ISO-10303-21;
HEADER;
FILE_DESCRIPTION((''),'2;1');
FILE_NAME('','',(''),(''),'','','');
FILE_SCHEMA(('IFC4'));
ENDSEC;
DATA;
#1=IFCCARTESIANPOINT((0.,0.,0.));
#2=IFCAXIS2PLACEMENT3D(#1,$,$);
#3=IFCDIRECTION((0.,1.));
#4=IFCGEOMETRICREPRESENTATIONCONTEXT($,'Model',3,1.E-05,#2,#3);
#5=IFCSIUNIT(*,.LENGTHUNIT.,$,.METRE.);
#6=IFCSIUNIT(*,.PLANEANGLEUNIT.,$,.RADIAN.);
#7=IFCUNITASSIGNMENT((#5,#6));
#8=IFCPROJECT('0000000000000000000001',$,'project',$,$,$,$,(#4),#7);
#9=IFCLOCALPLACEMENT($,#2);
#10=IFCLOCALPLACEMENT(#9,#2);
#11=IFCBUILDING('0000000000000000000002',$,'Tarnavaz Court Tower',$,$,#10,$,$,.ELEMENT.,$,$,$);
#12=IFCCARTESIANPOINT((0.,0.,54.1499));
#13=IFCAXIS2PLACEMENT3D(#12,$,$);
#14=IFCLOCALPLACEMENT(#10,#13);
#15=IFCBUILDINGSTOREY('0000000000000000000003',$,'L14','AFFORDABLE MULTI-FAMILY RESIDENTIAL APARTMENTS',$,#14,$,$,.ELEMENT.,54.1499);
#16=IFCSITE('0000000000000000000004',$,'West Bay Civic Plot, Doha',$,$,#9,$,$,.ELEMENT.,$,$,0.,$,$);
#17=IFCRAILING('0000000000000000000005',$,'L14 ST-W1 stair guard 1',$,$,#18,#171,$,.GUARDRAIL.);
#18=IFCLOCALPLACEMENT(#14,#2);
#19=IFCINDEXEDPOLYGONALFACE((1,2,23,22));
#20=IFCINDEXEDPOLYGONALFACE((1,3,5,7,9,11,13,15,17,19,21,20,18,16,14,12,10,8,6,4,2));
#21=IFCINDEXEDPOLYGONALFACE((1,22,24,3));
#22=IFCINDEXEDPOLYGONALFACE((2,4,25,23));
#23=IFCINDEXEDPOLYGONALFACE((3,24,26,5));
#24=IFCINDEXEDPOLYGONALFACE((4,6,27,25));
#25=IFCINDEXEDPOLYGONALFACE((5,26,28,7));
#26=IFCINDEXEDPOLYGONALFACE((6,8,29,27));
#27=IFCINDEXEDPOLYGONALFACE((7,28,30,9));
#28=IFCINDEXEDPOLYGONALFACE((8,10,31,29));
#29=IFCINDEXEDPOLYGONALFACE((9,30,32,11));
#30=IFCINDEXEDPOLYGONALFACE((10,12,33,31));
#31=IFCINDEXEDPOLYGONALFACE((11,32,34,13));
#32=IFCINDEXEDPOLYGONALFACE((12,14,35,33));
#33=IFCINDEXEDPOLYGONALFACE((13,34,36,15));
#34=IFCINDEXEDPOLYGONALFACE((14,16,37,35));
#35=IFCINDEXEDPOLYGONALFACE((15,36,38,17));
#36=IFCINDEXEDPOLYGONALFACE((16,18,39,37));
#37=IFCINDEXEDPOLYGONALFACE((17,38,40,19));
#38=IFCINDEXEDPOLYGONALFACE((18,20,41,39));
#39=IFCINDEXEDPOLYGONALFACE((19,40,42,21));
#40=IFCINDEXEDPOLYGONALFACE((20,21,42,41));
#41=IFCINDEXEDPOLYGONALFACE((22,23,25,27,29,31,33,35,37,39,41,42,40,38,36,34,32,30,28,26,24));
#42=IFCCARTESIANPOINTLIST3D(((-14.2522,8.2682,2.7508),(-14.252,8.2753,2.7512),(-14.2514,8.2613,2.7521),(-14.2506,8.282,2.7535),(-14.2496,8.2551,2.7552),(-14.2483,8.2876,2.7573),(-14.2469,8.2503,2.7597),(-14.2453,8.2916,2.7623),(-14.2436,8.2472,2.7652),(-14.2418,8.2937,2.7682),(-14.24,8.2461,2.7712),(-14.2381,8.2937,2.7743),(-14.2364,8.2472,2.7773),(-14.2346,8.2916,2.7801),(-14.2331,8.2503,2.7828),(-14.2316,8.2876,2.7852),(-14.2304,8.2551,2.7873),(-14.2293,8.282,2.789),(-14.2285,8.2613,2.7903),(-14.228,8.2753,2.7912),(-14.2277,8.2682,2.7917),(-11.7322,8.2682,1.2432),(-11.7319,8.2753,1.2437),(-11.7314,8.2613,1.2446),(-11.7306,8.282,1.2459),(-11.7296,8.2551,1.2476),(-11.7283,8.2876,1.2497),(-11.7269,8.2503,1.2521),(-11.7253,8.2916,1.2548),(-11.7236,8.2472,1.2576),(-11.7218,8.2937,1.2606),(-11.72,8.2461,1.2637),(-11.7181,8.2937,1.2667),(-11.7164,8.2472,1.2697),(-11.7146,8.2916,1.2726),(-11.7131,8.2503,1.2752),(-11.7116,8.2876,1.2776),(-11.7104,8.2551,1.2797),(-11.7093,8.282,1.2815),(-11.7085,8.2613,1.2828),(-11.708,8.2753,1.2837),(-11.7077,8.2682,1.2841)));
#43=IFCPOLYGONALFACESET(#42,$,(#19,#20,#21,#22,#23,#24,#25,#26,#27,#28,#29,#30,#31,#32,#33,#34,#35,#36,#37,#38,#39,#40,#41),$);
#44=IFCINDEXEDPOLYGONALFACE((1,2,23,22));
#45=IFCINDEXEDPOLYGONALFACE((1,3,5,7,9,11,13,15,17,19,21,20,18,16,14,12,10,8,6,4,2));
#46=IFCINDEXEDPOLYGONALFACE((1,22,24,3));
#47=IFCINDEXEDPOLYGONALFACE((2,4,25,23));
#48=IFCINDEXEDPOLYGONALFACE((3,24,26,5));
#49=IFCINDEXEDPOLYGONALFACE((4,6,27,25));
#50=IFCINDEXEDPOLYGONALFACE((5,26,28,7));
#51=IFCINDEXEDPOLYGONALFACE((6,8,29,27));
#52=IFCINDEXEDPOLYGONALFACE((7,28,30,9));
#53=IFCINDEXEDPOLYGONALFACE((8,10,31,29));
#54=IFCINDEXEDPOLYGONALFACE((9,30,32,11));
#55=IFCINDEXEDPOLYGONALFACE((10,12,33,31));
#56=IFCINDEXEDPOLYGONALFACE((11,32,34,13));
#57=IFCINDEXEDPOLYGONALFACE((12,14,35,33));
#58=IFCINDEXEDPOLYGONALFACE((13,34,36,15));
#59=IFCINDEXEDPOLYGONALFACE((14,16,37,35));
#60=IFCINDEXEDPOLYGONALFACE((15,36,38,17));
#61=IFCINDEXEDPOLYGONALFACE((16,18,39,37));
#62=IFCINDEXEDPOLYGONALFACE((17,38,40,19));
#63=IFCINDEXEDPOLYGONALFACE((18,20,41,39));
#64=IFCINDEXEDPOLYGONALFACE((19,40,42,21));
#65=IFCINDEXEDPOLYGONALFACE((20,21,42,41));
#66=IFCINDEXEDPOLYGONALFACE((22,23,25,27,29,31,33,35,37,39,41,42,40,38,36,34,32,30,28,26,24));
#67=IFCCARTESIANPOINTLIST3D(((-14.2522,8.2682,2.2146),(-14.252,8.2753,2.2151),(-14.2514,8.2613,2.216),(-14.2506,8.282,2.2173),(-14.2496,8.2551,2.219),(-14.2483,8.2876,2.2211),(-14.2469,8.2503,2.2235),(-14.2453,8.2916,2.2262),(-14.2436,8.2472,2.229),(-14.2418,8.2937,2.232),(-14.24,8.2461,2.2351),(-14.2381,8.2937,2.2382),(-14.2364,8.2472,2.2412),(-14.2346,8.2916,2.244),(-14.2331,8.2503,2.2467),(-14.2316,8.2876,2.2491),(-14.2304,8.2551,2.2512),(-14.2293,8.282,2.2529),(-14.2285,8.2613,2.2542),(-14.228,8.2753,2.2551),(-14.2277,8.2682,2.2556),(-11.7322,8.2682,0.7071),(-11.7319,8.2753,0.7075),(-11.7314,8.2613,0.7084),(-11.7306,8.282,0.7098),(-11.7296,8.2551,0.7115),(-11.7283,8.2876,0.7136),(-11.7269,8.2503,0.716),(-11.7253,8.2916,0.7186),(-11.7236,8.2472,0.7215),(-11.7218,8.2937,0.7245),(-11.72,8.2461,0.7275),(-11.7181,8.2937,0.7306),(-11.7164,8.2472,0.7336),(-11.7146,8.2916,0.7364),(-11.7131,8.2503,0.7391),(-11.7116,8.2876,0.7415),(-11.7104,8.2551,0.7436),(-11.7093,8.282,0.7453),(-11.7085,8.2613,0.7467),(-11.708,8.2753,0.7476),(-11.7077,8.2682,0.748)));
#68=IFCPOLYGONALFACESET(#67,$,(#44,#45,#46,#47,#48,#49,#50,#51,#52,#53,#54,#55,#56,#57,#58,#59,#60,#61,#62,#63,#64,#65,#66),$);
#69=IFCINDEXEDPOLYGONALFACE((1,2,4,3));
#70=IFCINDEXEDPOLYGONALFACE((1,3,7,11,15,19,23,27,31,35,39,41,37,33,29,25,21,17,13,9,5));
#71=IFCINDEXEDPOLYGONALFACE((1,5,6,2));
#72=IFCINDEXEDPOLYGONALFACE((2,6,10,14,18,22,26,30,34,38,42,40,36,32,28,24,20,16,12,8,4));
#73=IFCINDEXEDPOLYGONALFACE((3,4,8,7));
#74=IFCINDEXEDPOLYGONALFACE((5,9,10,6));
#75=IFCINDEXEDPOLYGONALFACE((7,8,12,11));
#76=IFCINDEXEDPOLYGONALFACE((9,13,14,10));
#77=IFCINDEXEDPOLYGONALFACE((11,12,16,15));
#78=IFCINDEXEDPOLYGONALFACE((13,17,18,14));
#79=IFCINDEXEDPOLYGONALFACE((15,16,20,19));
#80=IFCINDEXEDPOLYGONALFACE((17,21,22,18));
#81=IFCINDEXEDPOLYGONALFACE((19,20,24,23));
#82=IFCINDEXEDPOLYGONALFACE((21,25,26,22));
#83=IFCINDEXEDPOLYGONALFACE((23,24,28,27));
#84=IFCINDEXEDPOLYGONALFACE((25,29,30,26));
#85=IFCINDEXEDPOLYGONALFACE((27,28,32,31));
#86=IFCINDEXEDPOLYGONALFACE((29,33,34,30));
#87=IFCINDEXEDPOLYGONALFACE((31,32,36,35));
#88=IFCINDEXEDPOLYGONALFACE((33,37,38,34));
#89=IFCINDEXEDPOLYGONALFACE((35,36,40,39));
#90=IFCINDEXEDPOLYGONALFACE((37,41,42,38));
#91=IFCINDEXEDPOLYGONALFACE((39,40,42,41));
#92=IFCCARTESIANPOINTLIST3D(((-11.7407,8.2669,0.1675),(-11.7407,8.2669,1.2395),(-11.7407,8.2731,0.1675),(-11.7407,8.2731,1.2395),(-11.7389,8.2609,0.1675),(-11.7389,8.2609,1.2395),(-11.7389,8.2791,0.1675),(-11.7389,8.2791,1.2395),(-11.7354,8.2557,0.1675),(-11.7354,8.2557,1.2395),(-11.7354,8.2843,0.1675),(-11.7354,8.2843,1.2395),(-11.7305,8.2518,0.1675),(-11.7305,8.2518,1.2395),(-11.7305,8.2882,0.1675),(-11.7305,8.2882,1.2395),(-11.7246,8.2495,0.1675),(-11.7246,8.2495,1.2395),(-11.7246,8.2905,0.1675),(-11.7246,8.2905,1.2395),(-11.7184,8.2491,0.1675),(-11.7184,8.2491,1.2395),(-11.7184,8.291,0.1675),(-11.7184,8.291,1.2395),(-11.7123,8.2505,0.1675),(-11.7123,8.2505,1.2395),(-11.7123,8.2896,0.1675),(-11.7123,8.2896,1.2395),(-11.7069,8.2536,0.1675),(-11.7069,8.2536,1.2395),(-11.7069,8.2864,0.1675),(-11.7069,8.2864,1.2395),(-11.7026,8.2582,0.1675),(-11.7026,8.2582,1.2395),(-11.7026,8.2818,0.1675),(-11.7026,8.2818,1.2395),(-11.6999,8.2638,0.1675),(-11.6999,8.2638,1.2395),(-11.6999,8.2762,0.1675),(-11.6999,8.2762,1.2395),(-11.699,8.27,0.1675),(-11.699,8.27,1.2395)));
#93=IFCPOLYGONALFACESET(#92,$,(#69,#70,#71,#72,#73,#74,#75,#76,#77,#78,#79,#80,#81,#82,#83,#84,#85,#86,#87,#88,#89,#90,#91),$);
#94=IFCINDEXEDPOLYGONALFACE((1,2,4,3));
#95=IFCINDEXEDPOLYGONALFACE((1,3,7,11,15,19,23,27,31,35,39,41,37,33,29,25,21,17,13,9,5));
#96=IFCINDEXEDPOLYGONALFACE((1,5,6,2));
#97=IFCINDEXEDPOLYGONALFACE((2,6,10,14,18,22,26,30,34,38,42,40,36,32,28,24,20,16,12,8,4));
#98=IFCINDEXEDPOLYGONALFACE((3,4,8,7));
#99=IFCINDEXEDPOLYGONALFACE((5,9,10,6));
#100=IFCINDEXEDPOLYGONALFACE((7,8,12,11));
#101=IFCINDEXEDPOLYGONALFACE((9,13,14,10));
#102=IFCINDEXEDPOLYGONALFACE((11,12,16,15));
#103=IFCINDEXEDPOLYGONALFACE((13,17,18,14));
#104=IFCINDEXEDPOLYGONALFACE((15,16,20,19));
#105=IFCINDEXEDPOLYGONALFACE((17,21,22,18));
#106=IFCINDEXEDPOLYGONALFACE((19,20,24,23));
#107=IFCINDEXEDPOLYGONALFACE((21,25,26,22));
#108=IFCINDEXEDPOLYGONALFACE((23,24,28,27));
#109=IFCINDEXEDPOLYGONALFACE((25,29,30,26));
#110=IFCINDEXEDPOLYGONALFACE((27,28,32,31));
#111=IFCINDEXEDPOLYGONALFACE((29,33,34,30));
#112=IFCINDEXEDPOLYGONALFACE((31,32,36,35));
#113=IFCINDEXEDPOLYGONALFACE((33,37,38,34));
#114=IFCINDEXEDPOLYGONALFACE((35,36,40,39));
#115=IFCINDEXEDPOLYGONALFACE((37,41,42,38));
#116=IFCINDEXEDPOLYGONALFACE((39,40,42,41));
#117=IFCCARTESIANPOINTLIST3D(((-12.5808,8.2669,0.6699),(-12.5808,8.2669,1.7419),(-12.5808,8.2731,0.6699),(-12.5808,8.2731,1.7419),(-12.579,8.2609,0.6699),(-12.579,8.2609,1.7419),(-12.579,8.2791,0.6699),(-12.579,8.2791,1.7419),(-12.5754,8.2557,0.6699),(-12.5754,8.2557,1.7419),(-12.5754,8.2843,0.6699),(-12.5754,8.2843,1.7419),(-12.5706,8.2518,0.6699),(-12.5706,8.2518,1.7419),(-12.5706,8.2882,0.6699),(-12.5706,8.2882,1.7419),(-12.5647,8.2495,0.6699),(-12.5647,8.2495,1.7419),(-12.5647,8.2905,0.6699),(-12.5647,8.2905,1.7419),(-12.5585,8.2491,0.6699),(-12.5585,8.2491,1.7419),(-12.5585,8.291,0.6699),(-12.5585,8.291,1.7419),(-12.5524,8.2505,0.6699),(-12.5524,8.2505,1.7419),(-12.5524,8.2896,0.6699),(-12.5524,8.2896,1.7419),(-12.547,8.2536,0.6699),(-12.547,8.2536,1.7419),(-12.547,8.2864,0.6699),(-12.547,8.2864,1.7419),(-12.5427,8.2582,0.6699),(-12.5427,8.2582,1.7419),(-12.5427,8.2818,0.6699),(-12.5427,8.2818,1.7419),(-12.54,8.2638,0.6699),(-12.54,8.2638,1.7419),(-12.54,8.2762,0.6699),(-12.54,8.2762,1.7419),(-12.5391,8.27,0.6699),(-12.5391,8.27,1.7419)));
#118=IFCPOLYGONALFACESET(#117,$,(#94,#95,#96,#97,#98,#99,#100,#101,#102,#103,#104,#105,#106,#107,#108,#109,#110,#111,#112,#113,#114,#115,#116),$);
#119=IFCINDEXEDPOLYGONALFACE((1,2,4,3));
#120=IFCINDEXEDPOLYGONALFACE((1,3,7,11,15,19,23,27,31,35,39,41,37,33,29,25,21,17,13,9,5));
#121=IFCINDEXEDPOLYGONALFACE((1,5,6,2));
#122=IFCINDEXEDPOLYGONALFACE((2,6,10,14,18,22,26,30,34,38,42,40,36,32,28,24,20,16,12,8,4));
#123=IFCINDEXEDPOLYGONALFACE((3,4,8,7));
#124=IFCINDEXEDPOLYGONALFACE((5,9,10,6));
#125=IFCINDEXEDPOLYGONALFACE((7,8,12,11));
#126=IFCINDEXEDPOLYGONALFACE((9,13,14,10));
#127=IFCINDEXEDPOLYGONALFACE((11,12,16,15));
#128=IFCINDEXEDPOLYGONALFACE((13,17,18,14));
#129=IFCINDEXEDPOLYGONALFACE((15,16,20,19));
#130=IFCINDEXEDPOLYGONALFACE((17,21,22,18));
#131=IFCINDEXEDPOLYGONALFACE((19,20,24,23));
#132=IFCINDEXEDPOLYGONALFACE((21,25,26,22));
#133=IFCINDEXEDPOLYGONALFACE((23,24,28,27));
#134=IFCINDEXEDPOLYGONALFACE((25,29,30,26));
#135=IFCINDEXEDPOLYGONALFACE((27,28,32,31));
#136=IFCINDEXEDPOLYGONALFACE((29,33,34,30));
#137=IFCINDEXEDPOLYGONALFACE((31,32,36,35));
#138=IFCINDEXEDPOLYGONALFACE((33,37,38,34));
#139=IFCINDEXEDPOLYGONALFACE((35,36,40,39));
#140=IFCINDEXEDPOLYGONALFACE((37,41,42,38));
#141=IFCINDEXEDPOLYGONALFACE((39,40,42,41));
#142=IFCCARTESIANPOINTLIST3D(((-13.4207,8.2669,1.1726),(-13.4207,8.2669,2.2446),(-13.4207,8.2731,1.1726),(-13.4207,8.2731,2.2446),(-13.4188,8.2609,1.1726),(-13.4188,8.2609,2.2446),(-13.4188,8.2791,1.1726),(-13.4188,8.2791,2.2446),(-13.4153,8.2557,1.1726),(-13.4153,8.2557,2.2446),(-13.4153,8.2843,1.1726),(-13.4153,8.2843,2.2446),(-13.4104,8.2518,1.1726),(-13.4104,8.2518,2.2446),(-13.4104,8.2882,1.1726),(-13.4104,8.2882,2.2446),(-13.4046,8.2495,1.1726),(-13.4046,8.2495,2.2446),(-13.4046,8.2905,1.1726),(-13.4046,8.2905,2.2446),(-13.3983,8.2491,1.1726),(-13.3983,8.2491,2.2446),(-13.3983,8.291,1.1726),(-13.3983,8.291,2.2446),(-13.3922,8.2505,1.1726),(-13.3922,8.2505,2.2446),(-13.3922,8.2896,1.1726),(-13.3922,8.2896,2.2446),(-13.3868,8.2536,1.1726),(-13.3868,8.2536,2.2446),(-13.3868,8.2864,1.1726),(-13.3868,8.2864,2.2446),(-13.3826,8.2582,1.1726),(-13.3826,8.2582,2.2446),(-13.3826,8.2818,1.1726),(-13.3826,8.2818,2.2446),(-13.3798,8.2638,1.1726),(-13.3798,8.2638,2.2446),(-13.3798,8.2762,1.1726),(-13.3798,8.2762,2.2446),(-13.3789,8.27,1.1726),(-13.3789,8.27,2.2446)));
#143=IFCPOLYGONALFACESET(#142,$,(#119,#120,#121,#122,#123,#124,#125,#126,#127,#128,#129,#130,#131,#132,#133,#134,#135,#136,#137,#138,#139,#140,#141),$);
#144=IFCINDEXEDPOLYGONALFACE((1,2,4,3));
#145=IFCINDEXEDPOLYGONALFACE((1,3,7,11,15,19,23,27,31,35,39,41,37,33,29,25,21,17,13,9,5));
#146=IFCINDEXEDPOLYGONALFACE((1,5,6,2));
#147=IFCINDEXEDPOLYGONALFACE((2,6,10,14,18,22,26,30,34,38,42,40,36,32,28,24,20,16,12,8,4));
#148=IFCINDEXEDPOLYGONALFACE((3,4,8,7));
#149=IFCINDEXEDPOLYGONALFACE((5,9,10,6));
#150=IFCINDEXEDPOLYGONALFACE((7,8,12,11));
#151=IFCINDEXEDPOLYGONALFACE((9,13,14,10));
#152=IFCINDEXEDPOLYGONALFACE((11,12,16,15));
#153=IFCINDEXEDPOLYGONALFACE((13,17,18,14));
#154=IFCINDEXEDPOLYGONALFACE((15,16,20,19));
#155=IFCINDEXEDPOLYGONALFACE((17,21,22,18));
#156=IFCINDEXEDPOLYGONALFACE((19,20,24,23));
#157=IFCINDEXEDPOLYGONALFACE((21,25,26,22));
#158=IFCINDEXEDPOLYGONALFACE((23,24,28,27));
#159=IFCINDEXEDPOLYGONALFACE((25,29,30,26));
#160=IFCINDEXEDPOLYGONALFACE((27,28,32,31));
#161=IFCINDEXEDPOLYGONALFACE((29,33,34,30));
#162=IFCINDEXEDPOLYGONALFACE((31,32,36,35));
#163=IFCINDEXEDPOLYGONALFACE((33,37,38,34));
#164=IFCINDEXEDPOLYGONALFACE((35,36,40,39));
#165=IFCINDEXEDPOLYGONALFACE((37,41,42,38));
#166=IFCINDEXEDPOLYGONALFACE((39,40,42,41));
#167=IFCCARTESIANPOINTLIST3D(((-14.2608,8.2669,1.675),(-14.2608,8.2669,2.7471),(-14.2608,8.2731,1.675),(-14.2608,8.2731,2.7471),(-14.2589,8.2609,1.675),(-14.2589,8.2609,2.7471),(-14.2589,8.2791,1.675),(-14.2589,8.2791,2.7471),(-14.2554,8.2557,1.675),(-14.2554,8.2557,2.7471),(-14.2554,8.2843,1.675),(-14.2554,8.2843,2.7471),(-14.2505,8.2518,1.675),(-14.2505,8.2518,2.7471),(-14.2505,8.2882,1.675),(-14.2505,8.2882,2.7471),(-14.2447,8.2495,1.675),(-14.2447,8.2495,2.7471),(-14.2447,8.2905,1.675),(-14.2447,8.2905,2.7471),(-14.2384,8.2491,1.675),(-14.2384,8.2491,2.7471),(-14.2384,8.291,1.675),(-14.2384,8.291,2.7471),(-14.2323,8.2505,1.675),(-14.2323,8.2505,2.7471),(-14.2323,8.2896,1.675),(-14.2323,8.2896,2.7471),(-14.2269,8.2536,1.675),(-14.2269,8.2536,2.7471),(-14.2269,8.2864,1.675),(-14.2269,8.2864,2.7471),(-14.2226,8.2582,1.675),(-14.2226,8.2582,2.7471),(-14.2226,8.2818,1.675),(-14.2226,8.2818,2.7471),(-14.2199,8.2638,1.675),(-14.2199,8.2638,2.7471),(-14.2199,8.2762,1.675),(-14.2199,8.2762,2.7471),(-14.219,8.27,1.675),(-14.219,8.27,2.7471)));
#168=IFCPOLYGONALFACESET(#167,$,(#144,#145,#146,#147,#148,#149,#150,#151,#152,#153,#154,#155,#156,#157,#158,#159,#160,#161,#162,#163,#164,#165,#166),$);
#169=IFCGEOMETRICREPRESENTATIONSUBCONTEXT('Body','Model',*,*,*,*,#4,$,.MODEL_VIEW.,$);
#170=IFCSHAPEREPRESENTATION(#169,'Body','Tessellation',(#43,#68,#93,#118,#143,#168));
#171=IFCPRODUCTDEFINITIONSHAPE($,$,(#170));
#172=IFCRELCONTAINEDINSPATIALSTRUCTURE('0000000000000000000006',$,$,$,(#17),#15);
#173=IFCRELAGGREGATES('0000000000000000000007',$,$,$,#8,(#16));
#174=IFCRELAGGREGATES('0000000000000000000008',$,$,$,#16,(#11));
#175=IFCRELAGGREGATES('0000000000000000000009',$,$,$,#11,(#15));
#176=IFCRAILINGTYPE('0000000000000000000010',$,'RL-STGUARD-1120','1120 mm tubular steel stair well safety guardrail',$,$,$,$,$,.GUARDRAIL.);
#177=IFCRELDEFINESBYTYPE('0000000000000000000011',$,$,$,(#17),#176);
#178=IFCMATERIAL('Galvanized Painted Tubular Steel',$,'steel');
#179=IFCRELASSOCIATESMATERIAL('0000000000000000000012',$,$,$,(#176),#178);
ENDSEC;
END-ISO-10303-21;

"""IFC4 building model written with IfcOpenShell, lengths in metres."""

from ifc_helpers import new_model, si_unit, direction, frame, origin, origin_2d, place, context, subcontext, project, spatial, circle, extrude, material, type_object, element, save


model = new_model("IFC4")

# Units and contexts
model_context = context("Model", 3, precision=1e-05, world=origin(), true_north=direction((0.0, 1.0)))
body_context = subcontext(model_context, "Body", "Model", "MODEL_VIEW")
ifc_project = project(units=[si_unit("LENGTHUNIT", "METRE"), si_unit("PLANEANGLEUNIT", "RADIAN")], contexts=[model_context])

# Site, building, storey
site_placement = place(None, origin())
site = spatial("IfcSite", under=ifc_project, at=site_placement, Name="West Bay Civic Plot, Doha", CompositionType="ELEMENT", RefElevation=0.0)
building_placement = place(site_placement, origin())
building = spatial("IfcBuilding", under=site, at=building_placement, Name="Tarnavaz Court Tower", CompositionType="ELEMENT")
storey_placement = place(building_placement, frame((0.0, 0.0, 54.1499)))
storey = spatial("IfcBuildingStorey", under=building, at=storey_placement, Name="L14", Description="AFFORDABLE MULTI-FAMILY RESIDENTIAL APARTMENTS", CompositionType="ELEMENT", Elevation=54.1499)

# Railing
ifc_material_1 = material(Name="Galvanized Painted Tubular Steel", Category="steel")
railing_type_1 = type_object("IfcRailingType", Name="RL-STGUARD-1120", Description="1120 mm tubular steel stair well safety guardrail", PredefinedType="GUARDRAIL", material=ifc_material_1)
railing_1_placement = place(storey_placement, frame((-11.72, 8.27, 0.1675)))
element("IfcRailing", 1, at=railing_1_placement, inside=storey, type_object=railing_type_1, Name="L14 ST-W1 stair guard 1", PredefinedType="GUARDRAIL", context=body_context, shape_type="SweptSolid", body=[
    extrude(circle(Radius=0.0239, at=origin_2d()), frame((0.0, 0.0, 1.0962), z_axis=(-0.85816, 0.0, 0.513383), x_axis=(0.0, -1.0, 0.0)), (0.0, 0.0, 1.0), 2.9365),
    extrude(circle(Radius=0.0239, at=origin_2d()), frame((0.0, 0.0, 0.5601), z_axis=(-0.85816, 0.0, 0.513383), x_axis=(0.0, -1.0, 0.0)), (0.0, 0.0, 1.0), 2.9365),
    extrude(circle(Radius=0.021, at=origin_2d()), origin(), (0.0, 0.0, 1.0), 1.072),
    extrude(circle(Radius=0.021, at=origin_2d()), frame((-0.8401, 0.0, 0.5024)), (0.0, 0.0, 1.0), 1.072),
    extrude(circle(Radius=0.021, at=origin_2d()), frame((-1.6799, 0.0, 1.0051)), (0.0, 0.0, 1.0), 1.072),
    extrude(circle(Radius=0.021, at=origin_2d()), frame((-2.52, 0.0, 1.5076)), (0.0, 0.0, 1.0), 1.072),
])

save(model, "model.ifc")
